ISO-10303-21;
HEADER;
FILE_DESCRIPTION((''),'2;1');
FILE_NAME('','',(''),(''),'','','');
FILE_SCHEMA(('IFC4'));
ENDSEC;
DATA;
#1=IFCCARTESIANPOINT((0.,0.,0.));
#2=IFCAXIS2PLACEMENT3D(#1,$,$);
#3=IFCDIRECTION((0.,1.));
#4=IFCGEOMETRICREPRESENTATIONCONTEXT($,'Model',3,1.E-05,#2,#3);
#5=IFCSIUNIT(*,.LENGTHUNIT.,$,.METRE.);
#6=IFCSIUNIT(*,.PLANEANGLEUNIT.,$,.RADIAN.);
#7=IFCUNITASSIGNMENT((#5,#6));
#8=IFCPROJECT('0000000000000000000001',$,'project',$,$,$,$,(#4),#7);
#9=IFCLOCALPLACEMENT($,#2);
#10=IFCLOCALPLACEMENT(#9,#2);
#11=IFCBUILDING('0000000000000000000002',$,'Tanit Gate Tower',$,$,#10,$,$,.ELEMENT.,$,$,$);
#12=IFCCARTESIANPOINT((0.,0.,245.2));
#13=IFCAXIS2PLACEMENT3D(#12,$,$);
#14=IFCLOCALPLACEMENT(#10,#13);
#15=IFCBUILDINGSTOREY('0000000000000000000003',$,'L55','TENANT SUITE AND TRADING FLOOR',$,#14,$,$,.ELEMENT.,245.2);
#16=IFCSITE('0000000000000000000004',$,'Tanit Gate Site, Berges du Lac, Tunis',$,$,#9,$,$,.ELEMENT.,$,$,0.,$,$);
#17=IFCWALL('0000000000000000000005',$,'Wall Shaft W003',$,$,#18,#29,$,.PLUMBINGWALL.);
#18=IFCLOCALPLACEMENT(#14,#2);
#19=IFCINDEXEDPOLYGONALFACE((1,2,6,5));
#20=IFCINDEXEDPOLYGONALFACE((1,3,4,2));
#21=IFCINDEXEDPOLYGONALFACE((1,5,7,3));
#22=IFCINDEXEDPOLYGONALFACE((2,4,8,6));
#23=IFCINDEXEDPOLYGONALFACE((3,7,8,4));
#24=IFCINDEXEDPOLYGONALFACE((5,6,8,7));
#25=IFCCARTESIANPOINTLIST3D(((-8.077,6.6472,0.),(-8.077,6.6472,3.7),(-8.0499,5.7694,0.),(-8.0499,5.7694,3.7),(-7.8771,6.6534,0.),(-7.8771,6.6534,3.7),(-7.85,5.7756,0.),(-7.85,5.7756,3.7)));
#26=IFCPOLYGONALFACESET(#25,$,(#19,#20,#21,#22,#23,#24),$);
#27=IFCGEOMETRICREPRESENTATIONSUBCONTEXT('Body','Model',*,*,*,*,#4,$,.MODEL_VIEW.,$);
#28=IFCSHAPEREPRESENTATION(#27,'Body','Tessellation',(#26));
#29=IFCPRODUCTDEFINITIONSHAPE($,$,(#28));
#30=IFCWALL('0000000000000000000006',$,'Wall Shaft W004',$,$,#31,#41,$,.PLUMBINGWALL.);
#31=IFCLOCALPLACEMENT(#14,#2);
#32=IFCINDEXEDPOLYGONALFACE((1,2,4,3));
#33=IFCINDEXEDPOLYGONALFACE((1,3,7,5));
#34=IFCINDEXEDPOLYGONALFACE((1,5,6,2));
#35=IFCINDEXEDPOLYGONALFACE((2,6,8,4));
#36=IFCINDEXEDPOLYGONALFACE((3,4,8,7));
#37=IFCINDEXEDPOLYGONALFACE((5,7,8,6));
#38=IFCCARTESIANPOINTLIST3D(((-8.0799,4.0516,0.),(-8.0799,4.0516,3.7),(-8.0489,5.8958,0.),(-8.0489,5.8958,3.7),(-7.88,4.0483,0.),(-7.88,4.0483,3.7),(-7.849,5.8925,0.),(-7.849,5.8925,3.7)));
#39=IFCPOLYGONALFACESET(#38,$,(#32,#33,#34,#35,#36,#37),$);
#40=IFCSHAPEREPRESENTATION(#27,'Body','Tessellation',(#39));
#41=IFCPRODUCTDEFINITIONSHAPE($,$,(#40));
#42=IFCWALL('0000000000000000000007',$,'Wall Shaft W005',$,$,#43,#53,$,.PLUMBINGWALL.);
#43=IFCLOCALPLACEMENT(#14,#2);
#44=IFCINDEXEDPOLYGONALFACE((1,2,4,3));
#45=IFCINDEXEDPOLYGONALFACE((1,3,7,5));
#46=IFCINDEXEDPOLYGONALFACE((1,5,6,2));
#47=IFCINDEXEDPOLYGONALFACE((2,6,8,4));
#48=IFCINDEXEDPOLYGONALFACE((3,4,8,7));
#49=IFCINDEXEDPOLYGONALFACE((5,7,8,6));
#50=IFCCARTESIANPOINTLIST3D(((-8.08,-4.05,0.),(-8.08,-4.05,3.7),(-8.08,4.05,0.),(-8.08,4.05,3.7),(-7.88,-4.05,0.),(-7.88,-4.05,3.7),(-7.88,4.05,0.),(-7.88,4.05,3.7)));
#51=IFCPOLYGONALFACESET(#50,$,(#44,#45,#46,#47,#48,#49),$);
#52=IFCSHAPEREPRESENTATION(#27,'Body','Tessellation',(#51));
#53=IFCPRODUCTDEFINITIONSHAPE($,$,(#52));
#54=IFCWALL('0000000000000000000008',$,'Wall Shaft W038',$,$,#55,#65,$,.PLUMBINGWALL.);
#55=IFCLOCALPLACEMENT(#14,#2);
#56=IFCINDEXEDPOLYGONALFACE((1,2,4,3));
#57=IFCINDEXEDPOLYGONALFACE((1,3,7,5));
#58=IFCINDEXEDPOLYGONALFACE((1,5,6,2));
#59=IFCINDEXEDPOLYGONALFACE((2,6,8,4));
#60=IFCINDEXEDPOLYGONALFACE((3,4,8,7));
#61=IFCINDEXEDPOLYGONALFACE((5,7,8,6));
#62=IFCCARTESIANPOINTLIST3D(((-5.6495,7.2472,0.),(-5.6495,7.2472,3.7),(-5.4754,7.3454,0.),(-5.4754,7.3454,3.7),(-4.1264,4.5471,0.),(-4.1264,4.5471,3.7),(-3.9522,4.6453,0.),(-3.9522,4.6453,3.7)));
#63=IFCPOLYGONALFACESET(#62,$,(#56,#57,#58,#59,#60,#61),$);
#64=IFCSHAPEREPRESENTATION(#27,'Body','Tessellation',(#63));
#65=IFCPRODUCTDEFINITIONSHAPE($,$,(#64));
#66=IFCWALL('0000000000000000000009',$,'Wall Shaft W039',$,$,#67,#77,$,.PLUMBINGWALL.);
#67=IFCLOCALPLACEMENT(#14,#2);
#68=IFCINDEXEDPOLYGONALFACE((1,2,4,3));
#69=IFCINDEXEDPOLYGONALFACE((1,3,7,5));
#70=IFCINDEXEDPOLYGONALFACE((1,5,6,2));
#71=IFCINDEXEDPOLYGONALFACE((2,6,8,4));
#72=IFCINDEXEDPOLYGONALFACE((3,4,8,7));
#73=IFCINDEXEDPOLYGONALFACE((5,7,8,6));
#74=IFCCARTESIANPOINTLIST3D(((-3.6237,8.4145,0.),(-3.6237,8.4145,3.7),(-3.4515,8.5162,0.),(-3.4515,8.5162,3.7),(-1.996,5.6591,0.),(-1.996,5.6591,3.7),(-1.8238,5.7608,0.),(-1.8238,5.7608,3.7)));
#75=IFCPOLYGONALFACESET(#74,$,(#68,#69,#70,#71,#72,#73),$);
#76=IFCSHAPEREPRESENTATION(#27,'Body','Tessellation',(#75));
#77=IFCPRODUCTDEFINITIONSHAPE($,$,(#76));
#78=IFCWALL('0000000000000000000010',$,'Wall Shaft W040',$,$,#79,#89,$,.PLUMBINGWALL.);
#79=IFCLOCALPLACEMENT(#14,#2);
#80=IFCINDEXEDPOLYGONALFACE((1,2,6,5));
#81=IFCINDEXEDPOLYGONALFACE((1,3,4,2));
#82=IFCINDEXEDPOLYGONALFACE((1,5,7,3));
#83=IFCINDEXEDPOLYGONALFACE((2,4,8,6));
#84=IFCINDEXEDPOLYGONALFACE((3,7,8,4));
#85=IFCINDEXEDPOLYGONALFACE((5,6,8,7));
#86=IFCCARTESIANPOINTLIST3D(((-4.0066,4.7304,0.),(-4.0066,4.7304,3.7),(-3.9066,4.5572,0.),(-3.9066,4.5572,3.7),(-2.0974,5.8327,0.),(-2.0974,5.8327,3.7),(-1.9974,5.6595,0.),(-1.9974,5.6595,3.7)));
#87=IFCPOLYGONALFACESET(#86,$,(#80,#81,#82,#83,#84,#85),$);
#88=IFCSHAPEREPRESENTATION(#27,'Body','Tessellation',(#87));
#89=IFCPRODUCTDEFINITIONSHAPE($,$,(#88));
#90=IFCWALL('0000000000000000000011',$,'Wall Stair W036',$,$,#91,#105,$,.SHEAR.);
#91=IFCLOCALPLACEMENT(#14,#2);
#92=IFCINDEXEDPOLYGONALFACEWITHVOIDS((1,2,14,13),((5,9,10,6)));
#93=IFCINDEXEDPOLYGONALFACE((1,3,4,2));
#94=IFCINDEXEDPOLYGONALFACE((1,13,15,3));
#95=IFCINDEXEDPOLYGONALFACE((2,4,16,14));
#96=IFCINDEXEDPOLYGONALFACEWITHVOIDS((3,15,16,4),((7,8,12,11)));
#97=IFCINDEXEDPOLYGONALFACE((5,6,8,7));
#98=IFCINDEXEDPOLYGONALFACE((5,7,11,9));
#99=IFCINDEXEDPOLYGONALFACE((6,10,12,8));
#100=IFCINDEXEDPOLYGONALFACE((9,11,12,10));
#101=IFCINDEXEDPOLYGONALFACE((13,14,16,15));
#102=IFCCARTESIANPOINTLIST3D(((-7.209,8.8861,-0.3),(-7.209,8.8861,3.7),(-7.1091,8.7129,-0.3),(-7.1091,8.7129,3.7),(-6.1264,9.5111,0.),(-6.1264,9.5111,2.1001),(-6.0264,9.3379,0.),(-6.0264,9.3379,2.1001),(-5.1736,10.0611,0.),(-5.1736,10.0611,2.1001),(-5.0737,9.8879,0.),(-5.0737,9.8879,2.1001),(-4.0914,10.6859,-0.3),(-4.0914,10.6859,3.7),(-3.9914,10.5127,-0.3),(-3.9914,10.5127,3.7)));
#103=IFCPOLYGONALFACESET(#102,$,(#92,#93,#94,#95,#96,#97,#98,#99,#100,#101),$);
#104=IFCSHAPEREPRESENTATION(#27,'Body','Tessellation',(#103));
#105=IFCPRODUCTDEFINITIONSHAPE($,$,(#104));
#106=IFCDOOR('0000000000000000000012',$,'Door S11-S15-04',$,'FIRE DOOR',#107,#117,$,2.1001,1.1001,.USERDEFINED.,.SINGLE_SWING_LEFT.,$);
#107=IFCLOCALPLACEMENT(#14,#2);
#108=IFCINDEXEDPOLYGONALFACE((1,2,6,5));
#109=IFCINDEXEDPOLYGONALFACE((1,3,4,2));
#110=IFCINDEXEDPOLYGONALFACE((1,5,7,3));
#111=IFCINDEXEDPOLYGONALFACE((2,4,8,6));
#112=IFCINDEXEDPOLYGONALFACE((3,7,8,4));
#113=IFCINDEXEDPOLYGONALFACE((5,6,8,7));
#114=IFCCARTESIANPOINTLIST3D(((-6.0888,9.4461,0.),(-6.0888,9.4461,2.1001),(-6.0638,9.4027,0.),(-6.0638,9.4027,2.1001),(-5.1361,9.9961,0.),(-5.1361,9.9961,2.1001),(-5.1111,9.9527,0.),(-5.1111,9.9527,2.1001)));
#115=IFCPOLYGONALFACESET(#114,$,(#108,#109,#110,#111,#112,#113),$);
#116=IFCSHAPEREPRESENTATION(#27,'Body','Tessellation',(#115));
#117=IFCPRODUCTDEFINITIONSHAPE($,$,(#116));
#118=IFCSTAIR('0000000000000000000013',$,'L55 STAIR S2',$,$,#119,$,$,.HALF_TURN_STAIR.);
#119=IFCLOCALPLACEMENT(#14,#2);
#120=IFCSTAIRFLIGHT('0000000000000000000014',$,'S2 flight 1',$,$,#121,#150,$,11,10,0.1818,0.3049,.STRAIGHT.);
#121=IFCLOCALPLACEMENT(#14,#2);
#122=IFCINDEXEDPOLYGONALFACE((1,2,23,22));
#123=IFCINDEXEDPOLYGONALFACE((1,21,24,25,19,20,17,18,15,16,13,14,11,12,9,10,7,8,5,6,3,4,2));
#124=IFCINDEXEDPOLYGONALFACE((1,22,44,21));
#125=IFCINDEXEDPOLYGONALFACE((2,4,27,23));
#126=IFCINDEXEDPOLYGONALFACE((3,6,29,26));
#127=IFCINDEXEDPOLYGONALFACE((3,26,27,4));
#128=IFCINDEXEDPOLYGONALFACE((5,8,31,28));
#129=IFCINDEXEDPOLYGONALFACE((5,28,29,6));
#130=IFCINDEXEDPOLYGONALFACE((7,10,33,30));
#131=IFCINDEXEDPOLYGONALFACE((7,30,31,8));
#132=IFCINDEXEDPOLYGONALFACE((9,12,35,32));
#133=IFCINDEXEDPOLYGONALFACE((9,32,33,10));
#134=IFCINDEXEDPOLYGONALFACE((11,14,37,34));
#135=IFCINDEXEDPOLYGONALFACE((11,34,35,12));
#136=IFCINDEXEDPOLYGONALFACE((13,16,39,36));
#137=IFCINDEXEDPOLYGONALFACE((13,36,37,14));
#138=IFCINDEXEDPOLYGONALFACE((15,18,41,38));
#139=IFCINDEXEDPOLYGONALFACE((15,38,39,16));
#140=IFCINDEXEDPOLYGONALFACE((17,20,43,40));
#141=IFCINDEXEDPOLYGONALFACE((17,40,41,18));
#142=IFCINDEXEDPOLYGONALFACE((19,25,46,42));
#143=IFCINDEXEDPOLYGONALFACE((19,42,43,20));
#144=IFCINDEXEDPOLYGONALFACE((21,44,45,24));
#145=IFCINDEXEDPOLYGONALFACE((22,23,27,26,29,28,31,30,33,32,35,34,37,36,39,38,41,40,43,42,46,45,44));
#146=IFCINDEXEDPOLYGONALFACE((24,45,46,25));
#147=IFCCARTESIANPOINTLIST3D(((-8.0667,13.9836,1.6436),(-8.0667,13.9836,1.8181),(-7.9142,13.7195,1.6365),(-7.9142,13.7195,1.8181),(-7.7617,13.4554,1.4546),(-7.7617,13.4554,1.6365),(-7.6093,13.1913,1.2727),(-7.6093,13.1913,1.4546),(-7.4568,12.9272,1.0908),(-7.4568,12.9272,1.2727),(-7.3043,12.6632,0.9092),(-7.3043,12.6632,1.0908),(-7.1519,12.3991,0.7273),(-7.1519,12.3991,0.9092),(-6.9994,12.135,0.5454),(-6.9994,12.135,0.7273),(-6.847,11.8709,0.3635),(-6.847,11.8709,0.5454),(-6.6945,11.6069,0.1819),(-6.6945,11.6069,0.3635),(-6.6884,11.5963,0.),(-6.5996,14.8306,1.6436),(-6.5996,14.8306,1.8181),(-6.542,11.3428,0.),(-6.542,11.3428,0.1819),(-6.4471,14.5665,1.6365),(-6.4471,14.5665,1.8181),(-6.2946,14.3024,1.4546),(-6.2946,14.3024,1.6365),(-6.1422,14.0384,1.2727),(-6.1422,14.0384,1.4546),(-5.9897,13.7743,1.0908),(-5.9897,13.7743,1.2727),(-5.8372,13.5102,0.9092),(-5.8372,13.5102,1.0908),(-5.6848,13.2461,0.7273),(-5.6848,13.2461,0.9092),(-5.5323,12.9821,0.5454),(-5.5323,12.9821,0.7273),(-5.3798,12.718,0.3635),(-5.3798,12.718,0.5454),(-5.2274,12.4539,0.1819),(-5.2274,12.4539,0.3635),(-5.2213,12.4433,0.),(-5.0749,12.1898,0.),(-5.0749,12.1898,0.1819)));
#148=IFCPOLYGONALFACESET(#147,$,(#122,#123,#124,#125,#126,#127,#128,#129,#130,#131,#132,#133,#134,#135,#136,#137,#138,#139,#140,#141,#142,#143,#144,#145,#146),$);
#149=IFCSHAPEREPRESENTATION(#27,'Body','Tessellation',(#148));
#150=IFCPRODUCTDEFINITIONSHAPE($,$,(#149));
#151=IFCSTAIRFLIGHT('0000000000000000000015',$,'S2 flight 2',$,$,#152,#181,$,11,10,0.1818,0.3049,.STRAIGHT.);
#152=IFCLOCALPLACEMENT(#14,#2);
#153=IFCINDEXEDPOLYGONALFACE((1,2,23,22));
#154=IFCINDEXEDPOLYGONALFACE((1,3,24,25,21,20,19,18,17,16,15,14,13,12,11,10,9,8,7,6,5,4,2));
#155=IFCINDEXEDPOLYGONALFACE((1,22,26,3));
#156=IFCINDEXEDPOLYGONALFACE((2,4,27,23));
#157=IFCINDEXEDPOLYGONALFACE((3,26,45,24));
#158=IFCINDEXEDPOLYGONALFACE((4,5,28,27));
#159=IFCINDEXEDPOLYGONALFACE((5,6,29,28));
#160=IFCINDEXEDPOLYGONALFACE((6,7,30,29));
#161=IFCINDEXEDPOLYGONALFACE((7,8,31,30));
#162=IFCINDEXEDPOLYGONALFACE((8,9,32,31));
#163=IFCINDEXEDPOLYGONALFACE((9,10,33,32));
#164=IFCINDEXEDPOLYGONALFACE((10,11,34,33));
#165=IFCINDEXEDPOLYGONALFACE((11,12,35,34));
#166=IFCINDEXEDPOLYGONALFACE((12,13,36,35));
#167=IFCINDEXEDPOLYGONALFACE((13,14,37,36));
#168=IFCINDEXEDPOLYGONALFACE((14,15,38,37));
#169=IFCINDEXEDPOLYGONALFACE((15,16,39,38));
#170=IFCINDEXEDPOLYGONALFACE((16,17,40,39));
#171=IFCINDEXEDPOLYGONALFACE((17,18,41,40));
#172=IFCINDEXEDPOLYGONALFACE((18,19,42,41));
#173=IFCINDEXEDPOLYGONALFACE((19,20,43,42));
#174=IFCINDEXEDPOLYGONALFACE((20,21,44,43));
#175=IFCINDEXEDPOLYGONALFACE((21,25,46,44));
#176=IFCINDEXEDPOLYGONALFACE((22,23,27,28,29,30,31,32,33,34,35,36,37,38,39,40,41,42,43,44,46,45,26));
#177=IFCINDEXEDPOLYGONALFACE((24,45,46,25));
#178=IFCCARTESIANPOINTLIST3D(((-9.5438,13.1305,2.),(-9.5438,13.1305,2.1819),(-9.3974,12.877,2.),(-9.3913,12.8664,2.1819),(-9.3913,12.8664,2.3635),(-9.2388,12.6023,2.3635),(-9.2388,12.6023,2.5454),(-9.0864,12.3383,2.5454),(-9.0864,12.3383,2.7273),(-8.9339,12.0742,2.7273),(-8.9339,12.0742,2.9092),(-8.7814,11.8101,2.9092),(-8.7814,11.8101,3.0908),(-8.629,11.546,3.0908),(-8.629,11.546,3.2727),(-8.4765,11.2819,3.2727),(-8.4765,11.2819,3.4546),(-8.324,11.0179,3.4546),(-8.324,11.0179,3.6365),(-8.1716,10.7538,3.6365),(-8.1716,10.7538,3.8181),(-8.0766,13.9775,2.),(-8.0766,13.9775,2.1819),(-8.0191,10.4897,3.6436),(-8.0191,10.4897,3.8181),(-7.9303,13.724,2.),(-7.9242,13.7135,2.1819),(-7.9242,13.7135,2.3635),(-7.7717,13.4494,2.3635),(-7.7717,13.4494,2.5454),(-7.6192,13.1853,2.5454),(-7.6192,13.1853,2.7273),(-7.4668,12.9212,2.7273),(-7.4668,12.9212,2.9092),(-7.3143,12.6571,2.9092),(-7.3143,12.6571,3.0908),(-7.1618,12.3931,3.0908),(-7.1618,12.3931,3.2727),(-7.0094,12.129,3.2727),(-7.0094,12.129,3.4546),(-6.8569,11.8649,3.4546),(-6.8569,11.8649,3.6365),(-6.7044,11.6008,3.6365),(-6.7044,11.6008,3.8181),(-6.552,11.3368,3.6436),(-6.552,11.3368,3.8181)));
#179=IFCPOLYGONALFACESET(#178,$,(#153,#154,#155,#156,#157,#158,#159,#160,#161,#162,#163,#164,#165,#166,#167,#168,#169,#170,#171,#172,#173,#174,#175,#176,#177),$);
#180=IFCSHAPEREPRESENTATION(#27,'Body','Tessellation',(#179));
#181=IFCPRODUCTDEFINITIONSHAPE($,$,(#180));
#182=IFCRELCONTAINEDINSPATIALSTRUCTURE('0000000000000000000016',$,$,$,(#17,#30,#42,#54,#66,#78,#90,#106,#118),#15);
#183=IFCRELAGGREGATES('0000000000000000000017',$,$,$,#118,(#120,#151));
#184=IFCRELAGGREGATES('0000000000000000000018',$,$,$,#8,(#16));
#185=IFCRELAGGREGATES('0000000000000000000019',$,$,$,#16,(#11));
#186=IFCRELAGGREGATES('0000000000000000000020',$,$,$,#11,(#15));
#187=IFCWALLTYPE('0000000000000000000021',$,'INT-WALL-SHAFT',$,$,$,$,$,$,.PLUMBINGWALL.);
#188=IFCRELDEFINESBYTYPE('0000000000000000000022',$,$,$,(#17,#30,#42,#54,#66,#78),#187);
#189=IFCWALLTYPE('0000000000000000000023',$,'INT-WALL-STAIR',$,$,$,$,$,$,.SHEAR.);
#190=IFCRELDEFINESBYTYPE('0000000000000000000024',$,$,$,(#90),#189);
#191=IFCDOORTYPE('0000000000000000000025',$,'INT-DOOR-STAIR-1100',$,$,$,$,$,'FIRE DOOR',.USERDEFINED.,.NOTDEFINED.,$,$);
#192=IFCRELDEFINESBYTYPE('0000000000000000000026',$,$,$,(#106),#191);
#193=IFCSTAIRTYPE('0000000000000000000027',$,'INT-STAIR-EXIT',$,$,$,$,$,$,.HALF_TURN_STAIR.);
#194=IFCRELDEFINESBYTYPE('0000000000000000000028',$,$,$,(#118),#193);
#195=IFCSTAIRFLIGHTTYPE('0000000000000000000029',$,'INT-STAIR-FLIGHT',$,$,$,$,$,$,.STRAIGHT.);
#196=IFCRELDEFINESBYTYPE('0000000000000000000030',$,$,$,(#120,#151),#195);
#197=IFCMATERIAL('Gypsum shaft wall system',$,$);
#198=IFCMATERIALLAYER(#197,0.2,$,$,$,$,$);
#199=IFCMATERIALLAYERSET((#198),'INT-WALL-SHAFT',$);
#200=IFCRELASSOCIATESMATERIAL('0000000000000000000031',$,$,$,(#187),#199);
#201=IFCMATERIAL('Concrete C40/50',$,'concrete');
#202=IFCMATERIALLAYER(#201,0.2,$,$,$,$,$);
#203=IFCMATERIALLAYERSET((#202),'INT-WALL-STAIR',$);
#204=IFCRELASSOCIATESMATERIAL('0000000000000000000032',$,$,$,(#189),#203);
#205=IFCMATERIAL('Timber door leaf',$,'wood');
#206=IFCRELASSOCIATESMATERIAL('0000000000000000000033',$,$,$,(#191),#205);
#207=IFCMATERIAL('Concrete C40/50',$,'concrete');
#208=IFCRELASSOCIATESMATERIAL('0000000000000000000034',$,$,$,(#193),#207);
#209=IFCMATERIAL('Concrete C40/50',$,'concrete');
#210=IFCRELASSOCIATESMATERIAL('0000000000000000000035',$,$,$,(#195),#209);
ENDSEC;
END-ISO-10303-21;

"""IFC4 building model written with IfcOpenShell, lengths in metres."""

from ifc_helpers import new_model, si_unit, direction, frame, frame_2d, origin, place, context, subcontext, project, spatial, polyline, rectangle, outline, extrude, material, layer, layer_set, type_object, element, fill, aggregate, save


model = new_model("IFC4")

# Units and contexts
model_context = context("Model", 3, precision=1e-05, world=origin(), true_north=direction((0.0, 1.0)))
body_context = subcontext(model_context, "Body", "Model", "MODEL_VIEW")
ifc_project = project(units=[si_unit("LENGTHUNIT", "METRE"), si_unit("PLANEANGLEUNIT", "RADIAN")], contexts=[model_context])

# Site, building, storey
site_placement = place(None, origin())
site = spatial("IfcSite", under=ifc_project, at=site_placement, Name="Tanit Gate Site, Berges du Lac, Tunis", CompositionType="ELEMENT", RefElevation=0.0)
building_placement = place(site_placement, origin())
building = spatial("IfcBuilding", under=site, at=building_placement, Name="Tanit Gate Tower", CompositionType="ELEMENT")
storey_placement = place(building_placement, frame((0.0, 0.0, 245.2)))
storey = spatial("IfcBuildingStorey", under=building, at=storey_placement, Name="L55", Description="TENANT SUITE AND TRADING FLOOR", CompositionType="ELEMENT", Elevation=245.2)

# Walls
ifc_material_1 = material(Name="Gypsum shaft wall system")
ifc_layer_1 = layer(ifc_material_1, 0.2)
ifc_layer_set_1 = layer_set([ifc_layer_1], Name="INT-WALL-SHAFT")
wall_type_1 = type_object("IfcWallType", Name="INT-WALL-SHAFT", PredefinedType="PLUMBINGWALL", material=ifc_layer_set_1)
wall_1_placement = place(storey_placement, frame((-7.9771, 6.6501, 0.0), z_axis=(0.0, 0.0, 1.0), x_axis=(0.030862, -0.999524, 0.0)))
element("IfcWall", 1, at=wall_1_placement, inside=storey, type_object=wall_type_1, Name="Wall Shaft W003", PredefinedType="PLUMBINGWALL", context=body_context, shape_type="SweptSolid", body=[
    extrude(rectangle(XDim=0.8782, YDim=0.2, at=frame_2d((0.439, 0.0))), origin(), (0.0, 0.0, 1.0), 3.7),
])
wall_2_placement = place(storey_placement, frame((-7.949, 5.8943, 0.0), z_axis=(0.0, 0.0, 1.0), x_axis=(-0.01681, -0.999859, 0.0)))
element("IfcWall", 2, at=wall_2_placement, inside=storey, type_object=wall_type_1, Name="Wall Shaft W004", PredefinedType="PLUMBINGWALL", context=body_context, shape_type="SweptSolid", body=[
    extrude(rectangle(XDim=1.8445, YDim=0.2, at=frame_2d((0.9224, 0.0))), origin(), (0.0, 0.0, 1.0), 3.7),
])
wall_3_placement = place(storey_placement, frame((-7.98, 4.05, 0.0), z_axis=(0.0, 0.0, 1.0), x_axis=(0.0, -1.0, 0.0)))
element("IfcWall", 3, at=wall_3_placement, inside=storey, type_object=wall_type_1, Name="Wall Shaft W005", PredefinedType="PLUMBINGWALL", context=body_context, shape_type="SweptSolid", body=[
    extrude(rectangle(XDim=8.1001, YDim=0.2, at=frame_2d((4.05, 0.0))), origin(), (0.0, 0.0, 1.0), 3.7),
])

# Walls
wall_4_placement = place(storey_placement, frame((-4.0393, 4.5962, 0.0), z_axis=(0.0, 0.0, 1.0), x_axis=(-0.491323, 0.870978, 0.0)))
element("IfcWall", 4, at=wall_4_placement, inside=storey, type_object=wall_type_1, Name="Wall Shaft W038", PredefinedType="PLUMBINGWALL", context=body_context, shape_type="SweptSolid", body=[
    extrude(rectangle(XDim=3.1001, YDim=0.2, at=frame_2d((1.55, 0.0))), origin(), (0.0, 0.0, 1.0), 3.7),
])
wall_5_placement = place(storey_placement, frame((-3.5376, 8.4653, 0.0), z_axis=(0.0, 0.0, 1.0), x_axis=(0.508616, -0.860993, 0.0)))
element("IfcWall", 5, at=wall_5_placement, inside=storey, type_object=wall_type_1, Name="Wall Shaft W039", PredefinedType="PLUMBINGWALL", context=body_context, shape_type="SweptSolid", body=[
    extrude(rectangle(XDim=3.2002, YDim=0.2, at=frame_2d((1.6001, 0.0))), origin(), (0.0, 0.0, 1.0), 3.7),
])
wall_6_placement = place(storey_placement, frame((-2.0474, 5.7461, 0.0), z_axis=(0.0, 0.0, 1.0), x_axis=(-0.86602, -0.50001, 0.0)))
element("IfcWall", 6, at=wall_6_placement, inside=storey, type_object=wall_type_1, Name="Wall Shaft W040", PredefinedType="PLUMBINGWALL", context=body_context, shape_type="SweptSolid", body=[
    extrude(rectangle(XDim=2.2046, YDim=0.2, at=frame_2d((1.1023, 0.0))), origin(), (0.0, 0.0, 1.0), 3.7),
])

# Wall, opening, door
ifc_material_2 = material(Name="Concrete C40/50", Category="concrete")
ifc_layer_2 = layer(ifc_material_2, 0.2)
ifc_layer_set_2 = layer_set([ifc_layer_2], Name="INT-WALL-STAIR")
wall_type_2 = type_object("IfcWallType", Name="INT-WALL-STAIR", PredefinedType="SHEAR", material=ifc_layer_set_2)
wall_7_placement = place(storey_placement, frame((-7.1589, 8.7996, -0.3), z_axis=(0.0, 0.0, 1.0), x_axis=(0.866048, 0.499961, 0.0)))
wall_7 = element("IfcWall", 7, at=wall_7_placement, inside=storey, type_object=wall_type_2, Name="Wall Stair W036", PredefinedType="SHEAR", context=body_context, shape_type="SweptSolid", body=[
    extrude(rectangle(XDim=3.5999, YDim=0.2, at=frame_2d((1.7998, 0.0))), origin(), (0.0, 0.0, 1.0), 4.0),
])
opening_1_placement = place(wall_7_placement, frame((1.25, 0.0, 0.3)))
opening_1 = element("IfcOpeningElement", 8, at=opening_1_placement, cuts=wall_7, PredefinedType="OPENING", context=body_context, shape_type="SweptSolid", body=[
    extrude(rectangle(XDim=1.1001, YDim=2.1001, at=frame_2d((0.55, 1.05))), frame((0.0, 0.1099, 0.0), z_axis=(0.0, -1.0, 0.0), x_axis=(1.0, 0.0, 0.0)), (0.0, 0.0, 1.0), 0.22),
])
ifc_material_3 = material(Name="Timber door leaf", Category="wood")
door_type_1 = type_object("IfcDoorType", Name="INT-DOOR-STAIR-1100", ElementType="FIRE DOOR", OperationType="NOTDEFINED", PredefinedType="USERDEFINED", material=ifc_material_3)
door_1_placement = place(opening_1_placement, origin())
door_1 = element("IfcDoor", 9, at=door_1_placement, inside=storey, type_object=door_type_1, Name="Door S11-S15-04", ObjectType="FIRE DOOR", OperationType="SINGLE_SWING_LEFT", OverallHeight=2.1001, OverallWidth=1.1001, PredefinedType="USERDEFINED", context=body_context, shape_type="SweptSolid", body=[
    extrude(rectangle(XDim=1.1001, YDim=2.1001, at=frame_2d((0.55, 1.05))), frame((0.0, 0.0249, 0.0), z_axis=(0.0, -1.0, 0.0), x_axis=(1.0, 0.0, 0.0)), (0.0, 0.0, 1.0), 0.05),
])
fill(opening_1, door_1)

# Stair, stair flights
ifc_material_4 = material(Name="Concrete C40/50", Category="concrete")
stair_type = type_object("IfcStairType", Name="INT-STAIR-EXIT", PredefinedType="HALF_TURN_STAIR", material=ifc_material_4)
stair_placement = place(storey_placement, origin())
stair = element("IfcStair", 10, at=stair_placement, inside=storey, type_object=stair_type, Name="L55 STAIR S2", PredefinedType="HALF_TURN_STAIR")
ifc_material_5 = material(Name="Concrete C40/50", Category="concrete")
stair_flight_type = type_object("IfcStairFlightType", Name="INT-STAIR-FLIGHT", PredefinedType="STRAIGHT", material=ifc_material_5)
stair_flight_1_placement = place(storey_placement, frame((-5.8083, 11.7664, 0.0), z_axis=(0.0, 0.0, 1.0), x_axis=(-0.5, 0.866025, 0.0)))
stair_flight_1 = element("IfcStairFlight", 11, at=stair_flight_1_placement, type_object=stair_flight_type, Name="S2 flight 1", NumberOfRisers=11, NumberOfTreads=10, PredefinedType="STRAIGHT", RiserHeight=0.1818, TreadLength=0.3049, context=body_context, shape_type="SweptSolid", body=[
    extrude(outline(polyline([(0.0, 0.0), (0.0, 0.1819), (0.3049, 0.1819), (0.3049, 0.3635), (0.6099, 0.3635), (0.6099, 0.5454), (0.9148, 0.5454), (0.9148, 0.7273), (1.2197, 0.7273), (1.2197, 0.9092), (1.5247, 0.9092), (1.5247, 1.0908), (1.8296, 1.0908), (1.8296, 1.2727), (2.1345, 1.2727), (2.1345, 1.4546), (2.4395, 1.4546), (2.4395, 1.6365), (2.7444, 1.6365), (2.7444, 1.8181), (3.0493, 1.8181), (3.0493, 2.0), (3.0493, 1.6436), (0.2927, 0.0), (0.0, 0.0)])), frame((0.0, 0.8472, 0.0), z_axis=(0.0, -1.0, 0.0), x_axis=(1.0, 0.0, 0.0)), (0.0, 0.0, 1.0), 1.6941),
])
stair_flight_2_placement = place(storey_placement, frame((-8.8103, 13.554, 2.0), z_axis=(0.0, 0.0, 1.0), x_axis=(0.5, -0.866025, 0.0)))
stair_flight_2 = element("IfcStairFlight", 12, at=stair_flight_2_placement, type_object=stair_flight_type, Name="S2 flight 2", NumberOfRisers=11, NumberOfTreads=10, PredefinedType="STRAIGHT", RiserHeight=0.1818, TreadLength=0.3049, context=body_context, shape_type="SweptSolid", body=[
    extrude(outline(polyline([(0.0, 0.0), (0.0, 0.1819), (0.3049, 0.1819), (0.3049, 0.3635), (0.6099, 0.3635), (0.6099, 0.5454), (0.9148, 0.5454), (0.9148, 0.7273), (1.2197, 0.7273), (1.2197, 0.9092), (1.5247, 0.9092), (1.5247, 1.0908), (1.8296, 1.0908), (1.8296, 1.2727), (2.1345, 1.2727), (2.1345, 1.4546), (2.4395, 1.4546), (2.4395, 1.6365), (2.7444, 1.6365), (2.7444, 1.8181), (3.0493, 1.8181), (3.0493, 2.0), (3.0493, 1.6436), (0.2927, 0.0), (0.0, 0.0)])), frame((0.0, 0.8472, 0.0), z_axis=(0.0, -1.0, 0.0), x_axis=(1.0, 0.0, 0.0)), (0.0, 0.0, 1.0), 1.6941),
])
aggregate(stair, [stair_flight_1, stair_flight_2])

save(model, "model.ifc")
